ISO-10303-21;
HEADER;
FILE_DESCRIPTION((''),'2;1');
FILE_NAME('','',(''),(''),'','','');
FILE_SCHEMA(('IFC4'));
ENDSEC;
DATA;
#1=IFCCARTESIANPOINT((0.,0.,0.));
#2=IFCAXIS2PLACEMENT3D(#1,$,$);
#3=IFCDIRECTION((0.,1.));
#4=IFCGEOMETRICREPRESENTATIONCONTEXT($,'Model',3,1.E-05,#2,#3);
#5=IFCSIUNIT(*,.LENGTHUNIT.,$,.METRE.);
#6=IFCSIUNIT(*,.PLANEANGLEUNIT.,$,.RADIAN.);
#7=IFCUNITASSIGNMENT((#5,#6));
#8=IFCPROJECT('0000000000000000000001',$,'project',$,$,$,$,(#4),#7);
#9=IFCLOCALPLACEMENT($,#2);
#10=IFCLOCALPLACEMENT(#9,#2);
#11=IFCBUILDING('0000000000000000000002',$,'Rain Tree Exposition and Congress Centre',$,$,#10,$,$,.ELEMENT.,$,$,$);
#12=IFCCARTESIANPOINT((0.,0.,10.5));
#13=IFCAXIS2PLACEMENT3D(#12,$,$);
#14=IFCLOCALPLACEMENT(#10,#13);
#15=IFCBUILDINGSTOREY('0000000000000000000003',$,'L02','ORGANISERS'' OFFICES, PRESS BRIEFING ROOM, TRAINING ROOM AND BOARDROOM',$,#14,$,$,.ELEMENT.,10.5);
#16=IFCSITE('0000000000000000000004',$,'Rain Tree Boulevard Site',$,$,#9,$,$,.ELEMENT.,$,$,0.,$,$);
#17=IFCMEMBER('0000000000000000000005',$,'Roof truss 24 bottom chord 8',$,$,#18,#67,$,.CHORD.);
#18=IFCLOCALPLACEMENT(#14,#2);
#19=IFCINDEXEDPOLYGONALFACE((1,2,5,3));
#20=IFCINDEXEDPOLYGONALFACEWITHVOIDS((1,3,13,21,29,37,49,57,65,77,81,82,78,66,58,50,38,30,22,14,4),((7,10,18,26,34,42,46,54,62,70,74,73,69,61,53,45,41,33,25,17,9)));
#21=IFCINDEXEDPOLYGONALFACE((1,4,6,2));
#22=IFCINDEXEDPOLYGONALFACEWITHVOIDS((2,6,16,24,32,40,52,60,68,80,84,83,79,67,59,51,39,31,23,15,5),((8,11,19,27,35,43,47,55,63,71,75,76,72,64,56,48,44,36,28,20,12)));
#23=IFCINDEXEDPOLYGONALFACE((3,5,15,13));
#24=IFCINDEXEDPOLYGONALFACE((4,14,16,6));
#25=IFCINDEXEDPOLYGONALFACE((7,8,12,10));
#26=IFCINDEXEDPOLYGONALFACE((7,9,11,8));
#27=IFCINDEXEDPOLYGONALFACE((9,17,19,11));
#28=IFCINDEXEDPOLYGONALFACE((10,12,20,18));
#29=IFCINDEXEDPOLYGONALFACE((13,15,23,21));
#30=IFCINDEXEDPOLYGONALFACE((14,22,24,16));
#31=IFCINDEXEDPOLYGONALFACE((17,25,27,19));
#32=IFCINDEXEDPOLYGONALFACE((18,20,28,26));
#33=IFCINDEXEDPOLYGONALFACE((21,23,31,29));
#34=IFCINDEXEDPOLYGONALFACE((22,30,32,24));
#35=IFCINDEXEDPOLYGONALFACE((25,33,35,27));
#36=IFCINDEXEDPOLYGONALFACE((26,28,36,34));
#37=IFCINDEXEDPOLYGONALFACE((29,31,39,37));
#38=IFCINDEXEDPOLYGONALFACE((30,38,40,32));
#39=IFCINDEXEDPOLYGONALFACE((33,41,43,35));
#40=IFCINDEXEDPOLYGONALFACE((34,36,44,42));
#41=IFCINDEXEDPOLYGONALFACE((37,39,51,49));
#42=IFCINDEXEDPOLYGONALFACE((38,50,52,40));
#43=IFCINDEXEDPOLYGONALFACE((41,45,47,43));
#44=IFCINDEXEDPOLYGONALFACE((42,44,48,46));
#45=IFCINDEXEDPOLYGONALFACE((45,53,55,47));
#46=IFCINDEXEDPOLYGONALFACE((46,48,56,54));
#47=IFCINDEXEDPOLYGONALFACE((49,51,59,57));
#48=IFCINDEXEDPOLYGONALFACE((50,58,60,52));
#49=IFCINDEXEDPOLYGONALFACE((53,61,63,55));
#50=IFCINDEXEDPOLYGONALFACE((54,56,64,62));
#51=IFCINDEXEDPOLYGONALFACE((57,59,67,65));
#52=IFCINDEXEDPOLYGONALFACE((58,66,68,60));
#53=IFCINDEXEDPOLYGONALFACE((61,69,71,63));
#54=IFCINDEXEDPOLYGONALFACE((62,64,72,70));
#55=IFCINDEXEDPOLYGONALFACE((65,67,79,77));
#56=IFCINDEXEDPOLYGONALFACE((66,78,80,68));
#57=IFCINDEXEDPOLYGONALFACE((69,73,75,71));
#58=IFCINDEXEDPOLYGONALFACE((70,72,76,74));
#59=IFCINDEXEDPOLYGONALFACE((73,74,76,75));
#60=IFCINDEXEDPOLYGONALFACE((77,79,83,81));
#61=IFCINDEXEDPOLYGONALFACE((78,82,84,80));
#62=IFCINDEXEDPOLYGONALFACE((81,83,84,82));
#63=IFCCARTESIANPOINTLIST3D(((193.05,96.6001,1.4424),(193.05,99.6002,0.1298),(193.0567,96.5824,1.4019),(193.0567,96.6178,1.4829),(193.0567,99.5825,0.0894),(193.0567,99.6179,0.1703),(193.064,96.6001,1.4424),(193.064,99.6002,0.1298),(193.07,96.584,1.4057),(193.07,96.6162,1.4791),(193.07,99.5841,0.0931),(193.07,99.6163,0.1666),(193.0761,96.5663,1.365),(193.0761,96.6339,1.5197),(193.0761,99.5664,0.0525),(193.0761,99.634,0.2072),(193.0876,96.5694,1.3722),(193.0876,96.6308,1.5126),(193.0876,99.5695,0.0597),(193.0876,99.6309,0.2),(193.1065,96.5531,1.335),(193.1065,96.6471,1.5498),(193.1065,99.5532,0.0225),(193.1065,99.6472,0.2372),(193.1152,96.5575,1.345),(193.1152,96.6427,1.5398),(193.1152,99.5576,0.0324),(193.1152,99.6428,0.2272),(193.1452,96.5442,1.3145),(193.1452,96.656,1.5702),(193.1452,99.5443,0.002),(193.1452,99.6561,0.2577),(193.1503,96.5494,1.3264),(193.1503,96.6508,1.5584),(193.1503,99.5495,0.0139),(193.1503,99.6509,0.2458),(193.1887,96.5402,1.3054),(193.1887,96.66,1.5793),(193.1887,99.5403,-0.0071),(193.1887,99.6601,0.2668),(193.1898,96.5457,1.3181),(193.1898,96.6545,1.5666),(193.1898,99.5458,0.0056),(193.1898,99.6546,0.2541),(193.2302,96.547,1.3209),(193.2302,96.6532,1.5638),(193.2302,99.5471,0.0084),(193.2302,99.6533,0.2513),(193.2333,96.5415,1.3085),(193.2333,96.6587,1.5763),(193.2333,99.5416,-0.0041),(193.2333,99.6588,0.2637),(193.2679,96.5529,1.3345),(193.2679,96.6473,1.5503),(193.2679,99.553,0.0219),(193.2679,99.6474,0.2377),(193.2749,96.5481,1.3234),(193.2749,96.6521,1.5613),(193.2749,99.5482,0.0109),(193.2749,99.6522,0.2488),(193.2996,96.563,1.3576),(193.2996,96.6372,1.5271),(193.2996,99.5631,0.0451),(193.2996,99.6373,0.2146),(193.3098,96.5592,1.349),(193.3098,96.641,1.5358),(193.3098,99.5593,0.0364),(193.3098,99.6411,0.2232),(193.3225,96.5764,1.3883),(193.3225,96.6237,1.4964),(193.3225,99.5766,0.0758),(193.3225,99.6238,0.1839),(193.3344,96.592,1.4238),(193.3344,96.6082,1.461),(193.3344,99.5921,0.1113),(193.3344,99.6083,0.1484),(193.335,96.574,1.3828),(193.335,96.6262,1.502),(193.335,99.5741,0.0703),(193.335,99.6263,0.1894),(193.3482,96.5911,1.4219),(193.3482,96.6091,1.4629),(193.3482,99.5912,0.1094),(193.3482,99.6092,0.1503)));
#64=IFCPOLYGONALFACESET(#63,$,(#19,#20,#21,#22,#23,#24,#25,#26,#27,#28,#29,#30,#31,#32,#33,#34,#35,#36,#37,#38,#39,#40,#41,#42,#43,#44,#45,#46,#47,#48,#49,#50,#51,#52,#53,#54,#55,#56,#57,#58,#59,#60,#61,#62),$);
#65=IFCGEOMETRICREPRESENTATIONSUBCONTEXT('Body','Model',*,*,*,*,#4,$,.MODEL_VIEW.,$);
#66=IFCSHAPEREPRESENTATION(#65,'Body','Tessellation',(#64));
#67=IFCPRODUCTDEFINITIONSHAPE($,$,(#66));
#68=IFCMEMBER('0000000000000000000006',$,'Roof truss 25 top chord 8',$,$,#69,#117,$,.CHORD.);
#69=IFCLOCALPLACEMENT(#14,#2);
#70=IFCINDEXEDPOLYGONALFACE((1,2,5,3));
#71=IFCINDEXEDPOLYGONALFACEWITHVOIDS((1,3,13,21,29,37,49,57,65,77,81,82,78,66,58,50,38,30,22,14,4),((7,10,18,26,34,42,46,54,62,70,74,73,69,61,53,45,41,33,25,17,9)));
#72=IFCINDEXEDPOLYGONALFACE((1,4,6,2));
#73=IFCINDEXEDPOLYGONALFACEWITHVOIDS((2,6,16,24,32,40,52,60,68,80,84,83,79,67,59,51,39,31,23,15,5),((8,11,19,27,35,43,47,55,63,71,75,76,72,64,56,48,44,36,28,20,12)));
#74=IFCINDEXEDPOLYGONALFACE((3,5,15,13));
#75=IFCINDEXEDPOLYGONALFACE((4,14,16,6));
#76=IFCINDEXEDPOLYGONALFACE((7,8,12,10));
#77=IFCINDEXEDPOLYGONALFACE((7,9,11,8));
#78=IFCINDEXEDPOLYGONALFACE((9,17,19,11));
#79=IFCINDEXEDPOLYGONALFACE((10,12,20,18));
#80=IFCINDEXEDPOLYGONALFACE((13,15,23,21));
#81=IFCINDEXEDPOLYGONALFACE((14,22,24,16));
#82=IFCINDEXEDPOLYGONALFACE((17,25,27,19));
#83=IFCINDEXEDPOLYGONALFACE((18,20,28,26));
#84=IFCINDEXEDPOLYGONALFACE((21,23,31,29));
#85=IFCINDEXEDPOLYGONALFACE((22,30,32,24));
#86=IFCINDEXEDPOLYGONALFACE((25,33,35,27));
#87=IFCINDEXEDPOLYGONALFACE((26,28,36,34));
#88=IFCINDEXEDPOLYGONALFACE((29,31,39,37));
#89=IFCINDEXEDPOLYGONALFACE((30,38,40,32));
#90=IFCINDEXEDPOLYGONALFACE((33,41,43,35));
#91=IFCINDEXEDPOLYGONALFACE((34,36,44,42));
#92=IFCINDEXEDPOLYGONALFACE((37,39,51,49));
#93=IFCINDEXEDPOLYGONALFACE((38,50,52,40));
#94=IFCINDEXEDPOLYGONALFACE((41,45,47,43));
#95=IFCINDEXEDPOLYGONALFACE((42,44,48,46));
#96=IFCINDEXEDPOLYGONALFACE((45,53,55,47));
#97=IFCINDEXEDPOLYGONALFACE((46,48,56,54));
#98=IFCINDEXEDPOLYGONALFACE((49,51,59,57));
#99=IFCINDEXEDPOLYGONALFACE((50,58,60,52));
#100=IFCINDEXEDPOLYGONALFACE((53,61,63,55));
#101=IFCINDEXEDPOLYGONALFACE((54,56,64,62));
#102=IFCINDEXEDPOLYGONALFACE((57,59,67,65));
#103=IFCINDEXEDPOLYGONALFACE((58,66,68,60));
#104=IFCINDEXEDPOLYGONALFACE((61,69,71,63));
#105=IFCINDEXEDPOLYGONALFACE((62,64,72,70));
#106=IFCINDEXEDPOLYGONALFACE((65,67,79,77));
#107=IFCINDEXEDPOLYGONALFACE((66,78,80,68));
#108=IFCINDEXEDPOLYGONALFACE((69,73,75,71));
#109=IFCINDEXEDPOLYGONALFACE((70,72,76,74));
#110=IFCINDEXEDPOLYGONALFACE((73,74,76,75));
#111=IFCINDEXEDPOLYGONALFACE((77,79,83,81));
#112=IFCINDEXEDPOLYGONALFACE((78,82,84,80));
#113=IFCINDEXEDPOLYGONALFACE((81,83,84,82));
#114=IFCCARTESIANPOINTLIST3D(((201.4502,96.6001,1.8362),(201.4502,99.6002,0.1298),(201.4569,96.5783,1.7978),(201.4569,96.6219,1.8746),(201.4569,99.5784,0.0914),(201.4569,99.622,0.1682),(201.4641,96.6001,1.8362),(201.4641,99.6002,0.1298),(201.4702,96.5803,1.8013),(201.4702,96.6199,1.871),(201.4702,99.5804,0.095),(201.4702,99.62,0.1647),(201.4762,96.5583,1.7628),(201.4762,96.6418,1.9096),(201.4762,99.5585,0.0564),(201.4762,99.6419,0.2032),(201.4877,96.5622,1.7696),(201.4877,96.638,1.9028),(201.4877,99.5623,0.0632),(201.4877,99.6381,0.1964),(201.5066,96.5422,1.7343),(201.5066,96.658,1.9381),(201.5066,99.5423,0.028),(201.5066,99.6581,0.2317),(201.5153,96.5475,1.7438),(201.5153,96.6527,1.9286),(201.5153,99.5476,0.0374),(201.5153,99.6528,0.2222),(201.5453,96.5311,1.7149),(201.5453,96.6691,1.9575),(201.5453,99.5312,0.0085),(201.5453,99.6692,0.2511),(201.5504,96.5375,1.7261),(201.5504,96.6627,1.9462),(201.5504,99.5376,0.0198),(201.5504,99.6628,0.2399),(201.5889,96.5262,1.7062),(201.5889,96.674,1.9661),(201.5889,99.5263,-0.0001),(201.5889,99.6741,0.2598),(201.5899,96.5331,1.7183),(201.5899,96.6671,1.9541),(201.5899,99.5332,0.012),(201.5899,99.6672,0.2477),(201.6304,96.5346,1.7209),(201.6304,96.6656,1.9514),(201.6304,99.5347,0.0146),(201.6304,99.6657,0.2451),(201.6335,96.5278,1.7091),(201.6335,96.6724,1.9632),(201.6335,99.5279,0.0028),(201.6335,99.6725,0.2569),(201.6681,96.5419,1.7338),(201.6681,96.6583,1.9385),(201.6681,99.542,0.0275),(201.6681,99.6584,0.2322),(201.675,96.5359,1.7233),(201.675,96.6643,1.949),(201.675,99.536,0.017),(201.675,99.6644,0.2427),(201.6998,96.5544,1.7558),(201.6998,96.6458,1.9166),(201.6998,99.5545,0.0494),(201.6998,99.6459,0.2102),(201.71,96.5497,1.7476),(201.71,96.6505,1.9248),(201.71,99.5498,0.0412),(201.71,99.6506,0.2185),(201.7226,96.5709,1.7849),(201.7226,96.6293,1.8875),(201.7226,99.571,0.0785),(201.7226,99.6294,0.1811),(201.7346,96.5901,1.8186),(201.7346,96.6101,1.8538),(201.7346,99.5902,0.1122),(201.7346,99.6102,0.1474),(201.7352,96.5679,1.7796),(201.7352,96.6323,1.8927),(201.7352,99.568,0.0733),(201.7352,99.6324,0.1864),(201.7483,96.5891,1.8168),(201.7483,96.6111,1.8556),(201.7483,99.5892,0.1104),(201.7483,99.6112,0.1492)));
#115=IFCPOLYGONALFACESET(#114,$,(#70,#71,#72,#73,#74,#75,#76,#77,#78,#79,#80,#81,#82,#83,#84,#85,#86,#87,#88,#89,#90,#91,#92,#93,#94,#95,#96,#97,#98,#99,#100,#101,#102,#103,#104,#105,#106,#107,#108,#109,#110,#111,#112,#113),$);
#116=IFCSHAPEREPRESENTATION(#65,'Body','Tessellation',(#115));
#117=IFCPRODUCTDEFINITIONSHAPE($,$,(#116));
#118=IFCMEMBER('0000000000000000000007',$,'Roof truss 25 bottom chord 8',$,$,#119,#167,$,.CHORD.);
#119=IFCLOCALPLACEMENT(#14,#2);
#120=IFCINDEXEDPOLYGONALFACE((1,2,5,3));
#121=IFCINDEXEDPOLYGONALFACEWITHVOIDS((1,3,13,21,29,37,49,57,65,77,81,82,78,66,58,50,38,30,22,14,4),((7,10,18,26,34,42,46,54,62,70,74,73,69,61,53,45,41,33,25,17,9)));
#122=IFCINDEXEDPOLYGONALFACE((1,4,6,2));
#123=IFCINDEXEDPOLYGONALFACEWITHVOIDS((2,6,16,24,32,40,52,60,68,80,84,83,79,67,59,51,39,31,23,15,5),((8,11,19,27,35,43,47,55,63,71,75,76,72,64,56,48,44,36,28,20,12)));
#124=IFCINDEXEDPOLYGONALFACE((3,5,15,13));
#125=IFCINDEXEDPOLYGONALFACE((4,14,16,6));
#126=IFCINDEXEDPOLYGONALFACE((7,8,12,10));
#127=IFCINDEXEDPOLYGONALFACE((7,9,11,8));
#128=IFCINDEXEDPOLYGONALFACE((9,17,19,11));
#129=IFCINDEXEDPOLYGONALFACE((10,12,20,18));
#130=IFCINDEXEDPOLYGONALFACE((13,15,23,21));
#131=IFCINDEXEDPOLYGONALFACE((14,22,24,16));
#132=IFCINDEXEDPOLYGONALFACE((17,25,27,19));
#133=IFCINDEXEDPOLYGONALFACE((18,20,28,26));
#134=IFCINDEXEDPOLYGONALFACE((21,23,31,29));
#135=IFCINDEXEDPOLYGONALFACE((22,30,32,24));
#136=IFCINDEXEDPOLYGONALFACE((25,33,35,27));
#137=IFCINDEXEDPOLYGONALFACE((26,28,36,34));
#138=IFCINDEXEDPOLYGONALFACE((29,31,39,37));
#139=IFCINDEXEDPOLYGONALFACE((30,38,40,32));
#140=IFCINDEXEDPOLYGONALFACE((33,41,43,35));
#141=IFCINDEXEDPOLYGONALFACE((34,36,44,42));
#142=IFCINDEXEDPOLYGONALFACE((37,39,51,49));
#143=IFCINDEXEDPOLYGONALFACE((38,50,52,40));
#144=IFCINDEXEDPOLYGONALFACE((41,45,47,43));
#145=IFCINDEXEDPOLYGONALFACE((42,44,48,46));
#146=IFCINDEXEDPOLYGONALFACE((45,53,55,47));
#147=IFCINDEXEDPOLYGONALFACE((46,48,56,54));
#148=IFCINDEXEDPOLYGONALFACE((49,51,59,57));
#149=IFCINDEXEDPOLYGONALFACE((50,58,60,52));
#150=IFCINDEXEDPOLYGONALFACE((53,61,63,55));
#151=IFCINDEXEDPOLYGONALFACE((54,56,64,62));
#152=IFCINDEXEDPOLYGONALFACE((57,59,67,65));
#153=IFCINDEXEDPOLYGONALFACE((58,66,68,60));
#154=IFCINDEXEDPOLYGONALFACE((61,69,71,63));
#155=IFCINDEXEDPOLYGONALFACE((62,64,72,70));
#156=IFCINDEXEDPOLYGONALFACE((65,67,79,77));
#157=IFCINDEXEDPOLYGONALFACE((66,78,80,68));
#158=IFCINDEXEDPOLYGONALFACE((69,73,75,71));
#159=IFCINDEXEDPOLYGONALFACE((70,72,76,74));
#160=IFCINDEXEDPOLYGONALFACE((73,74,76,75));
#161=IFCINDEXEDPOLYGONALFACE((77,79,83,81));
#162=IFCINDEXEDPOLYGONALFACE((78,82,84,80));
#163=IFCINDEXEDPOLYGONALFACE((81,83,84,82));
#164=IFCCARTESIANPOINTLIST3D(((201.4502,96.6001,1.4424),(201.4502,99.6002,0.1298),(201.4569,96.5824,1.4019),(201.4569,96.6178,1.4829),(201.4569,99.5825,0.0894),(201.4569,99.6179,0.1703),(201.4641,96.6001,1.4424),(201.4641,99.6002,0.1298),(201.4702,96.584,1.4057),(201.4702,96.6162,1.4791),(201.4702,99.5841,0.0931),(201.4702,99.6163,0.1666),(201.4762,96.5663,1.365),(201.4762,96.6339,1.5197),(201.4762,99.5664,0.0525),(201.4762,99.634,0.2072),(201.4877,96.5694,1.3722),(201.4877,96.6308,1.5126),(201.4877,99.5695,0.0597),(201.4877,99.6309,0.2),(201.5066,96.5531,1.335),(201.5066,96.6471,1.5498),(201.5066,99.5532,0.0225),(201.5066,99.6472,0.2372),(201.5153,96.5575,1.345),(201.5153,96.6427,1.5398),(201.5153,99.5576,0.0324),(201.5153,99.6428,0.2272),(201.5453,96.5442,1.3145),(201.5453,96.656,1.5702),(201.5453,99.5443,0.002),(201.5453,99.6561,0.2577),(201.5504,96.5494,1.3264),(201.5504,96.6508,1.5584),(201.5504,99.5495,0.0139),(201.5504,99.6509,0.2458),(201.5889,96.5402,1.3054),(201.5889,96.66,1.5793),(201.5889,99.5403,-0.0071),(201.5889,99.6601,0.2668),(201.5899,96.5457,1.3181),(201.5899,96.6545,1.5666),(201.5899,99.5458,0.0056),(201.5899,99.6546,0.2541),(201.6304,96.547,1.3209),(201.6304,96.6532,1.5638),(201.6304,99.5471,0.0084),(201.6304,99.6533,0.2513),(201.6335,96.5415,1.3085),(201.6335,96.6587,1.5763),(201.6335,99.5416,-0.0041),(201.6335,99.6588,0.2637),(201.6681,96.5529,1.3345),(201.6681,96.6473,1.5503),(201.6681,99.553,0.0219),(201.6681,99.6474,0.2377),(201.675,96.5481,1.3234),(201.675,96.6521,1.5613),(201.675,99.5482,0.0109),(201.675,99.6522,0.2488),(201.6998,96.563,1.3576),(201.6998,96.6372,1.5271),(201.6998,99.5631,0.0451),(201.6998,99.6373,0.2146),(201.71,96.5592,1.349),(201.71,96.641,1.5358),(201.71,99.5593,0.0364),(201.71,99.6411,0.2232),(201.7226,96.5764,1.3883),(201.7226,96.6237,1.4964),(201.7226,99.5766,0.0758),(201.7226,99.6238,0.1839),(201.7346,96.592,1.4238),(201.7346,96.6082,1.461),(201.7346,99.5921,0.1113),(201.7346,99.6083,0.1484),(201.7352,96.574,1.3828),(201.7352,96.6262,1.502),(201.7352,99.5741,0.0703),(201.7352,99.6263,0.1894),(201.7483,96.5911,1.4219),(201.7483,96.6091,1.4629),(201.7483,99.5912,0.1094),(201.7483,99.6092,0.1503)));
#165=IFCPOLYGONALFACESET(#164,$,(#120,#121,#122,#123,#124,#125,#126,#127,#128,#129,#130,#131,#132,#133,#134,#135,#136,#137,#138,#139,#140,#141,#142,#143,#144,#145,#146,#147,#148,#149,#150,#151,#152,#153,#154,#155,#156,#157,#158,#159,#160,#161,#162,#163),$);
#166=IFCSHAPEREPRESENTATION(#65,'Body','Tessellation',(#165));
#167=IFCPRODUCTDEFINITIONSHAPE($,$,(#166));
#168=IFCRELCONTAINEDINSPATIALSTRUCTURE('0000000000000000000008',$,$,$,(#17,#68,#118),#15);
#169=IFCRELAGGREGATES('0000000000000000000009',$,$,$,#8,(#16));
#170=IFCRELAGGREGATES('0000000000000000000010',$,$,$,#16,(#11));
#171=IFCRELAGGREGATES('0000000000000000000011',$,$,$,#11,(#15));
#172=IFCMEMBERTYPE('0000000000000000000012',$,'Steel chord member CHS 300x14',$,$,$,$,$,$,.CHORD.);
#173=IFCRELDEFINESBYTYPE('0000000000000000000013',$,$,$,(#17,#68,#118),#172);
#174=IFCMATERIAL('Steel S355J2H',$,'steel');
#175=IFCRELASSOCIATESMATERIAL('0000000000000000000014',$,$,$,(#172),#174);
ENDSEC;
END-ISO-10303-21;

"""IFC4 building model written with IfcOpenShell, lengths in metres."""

from ifc_helpers import new_model, si_unit, direction, frame, origin, origin_2d, place, context, subcontext, project, spatial, hollow_circle, extrude, material, material_profile, profile_set, type_object, element, save


model = new_model("IFC4")

# Units and contexts
model_context = context("Model", 3, precision=1e-05, world=origin(), true_north=direction((0.0, 1.0)))
body_context = subcontext(model_context, "Body", "Model", "MODEL_VIEW")
ifc_project = project(units=[si_unit("LENGTHUNIT", "METRE"), si_unit("PLANEANGLEUNIT", "RADIAN")], contexts=[model_context])

# Site, building, storey
site_placement = place(None, origin())
site = spatial("IfcSite", under=ifc_project, at=site_placement, Name="Rain Tree Boulevard Site", CompositionType="ELEMENT", RefElevation=0.0)
building_placement = place(site_placement, origin())
building = spatial("IfcBuilding", under=site, at=building_placement, Name="Rain Tree Exposition and Congress Centre", CompositionType="ELEMENT")
storey_placement = place(building_placement, frame((0.0, 0.0, 10.5)))
storey = spatial("IfcBuildingStorey", under=building, at=storey_placement, Name="L02", Description="ORGANISERS' OFFICES, PRESS BRIEFING ROOM, TRAINING ROOM AND BOARDROOM", CompositionType="ELEMENT", Elevation=10.5)

# Members
ifc_material_1 = material(Name="Steel S355J2H", Category="steel")
ifc_material_profile_1 = material_profile(ifc_material_1, hollow_circle(Radius=0.1499, WallThickness=0.0139, at=origin_2d()), Name="CHS 300x14")
ifc_profile_set_1 = profile_set([ifc_material_profile_1], Name="Steel S355J2H")
member_type_1 = type_object("IfcMemberType", Name="Steel chord member CHS 300x14", PredefinedType="CHORD", material=ifc_profile_set_1)
member_1_placement = place(storey_placement, frame((193.2, 96.6001, 1.4424), z_axis=(0.0, 0.916157, -0.400819), x_axis=(-1.0, 0.0, 0.0)))
element("IfcMember", 1, at=member_1_placement, inside=storey, type_object=member_type_1, Name="Roof truss 24 bottom chord 8", PredefinedType="CHORD", context=body_context, shape_type="SweptSolid", body=[
    extrude(hollow_circle(Radius=0.1499, WallThickness=0.0139, at=origin_2d()), origin(), (0.0, 0.0, 1.0), 3.2747),
])
member_2_placement = place(storey_placement, frame((201.6001, 96.6001, 1.8362), z_axis=(0.0, 0.869238, -0.494393), x_axis=(-1.0, 0.0, 0.0)))
element("IfcMember", 2, at=member_2_placement, inside=storey, type_object=member_type_1, Name="Roof truss 25 top chord 8", PredefinedType="CHORD", context=body_context, shape_type="SweptSolid", body=[
    extrude(hollow_circle(Radius=0.1499, WallThickness=0.0139, at=origin_2d()), origin(), (0.0, 0.0, 1.0), 3.4514),
])
member_3_placement = place(storey_placement, frame((201.6001, 96.6001, 1.4424), z_axis=(0.0, 0.916157, -0.400819), x_axis=(-1.0, 0.0, 0.0)))
element("IfcMember", 3, at=member_3_placement, inside=storey, type_object=member_type_1, Name="Roof truss 25 bottom chord 8", PredefinedType="CHORD", context=body_context, shape_type="SweptSolid", body=[
    extrude(hollow_circle(Radius=0.1499, WallThickness=0.0139, at=origin_2d()), origin(), (0.0, 0.0, 1.0), 3.2747),
])

save(model, "model.ifc")
